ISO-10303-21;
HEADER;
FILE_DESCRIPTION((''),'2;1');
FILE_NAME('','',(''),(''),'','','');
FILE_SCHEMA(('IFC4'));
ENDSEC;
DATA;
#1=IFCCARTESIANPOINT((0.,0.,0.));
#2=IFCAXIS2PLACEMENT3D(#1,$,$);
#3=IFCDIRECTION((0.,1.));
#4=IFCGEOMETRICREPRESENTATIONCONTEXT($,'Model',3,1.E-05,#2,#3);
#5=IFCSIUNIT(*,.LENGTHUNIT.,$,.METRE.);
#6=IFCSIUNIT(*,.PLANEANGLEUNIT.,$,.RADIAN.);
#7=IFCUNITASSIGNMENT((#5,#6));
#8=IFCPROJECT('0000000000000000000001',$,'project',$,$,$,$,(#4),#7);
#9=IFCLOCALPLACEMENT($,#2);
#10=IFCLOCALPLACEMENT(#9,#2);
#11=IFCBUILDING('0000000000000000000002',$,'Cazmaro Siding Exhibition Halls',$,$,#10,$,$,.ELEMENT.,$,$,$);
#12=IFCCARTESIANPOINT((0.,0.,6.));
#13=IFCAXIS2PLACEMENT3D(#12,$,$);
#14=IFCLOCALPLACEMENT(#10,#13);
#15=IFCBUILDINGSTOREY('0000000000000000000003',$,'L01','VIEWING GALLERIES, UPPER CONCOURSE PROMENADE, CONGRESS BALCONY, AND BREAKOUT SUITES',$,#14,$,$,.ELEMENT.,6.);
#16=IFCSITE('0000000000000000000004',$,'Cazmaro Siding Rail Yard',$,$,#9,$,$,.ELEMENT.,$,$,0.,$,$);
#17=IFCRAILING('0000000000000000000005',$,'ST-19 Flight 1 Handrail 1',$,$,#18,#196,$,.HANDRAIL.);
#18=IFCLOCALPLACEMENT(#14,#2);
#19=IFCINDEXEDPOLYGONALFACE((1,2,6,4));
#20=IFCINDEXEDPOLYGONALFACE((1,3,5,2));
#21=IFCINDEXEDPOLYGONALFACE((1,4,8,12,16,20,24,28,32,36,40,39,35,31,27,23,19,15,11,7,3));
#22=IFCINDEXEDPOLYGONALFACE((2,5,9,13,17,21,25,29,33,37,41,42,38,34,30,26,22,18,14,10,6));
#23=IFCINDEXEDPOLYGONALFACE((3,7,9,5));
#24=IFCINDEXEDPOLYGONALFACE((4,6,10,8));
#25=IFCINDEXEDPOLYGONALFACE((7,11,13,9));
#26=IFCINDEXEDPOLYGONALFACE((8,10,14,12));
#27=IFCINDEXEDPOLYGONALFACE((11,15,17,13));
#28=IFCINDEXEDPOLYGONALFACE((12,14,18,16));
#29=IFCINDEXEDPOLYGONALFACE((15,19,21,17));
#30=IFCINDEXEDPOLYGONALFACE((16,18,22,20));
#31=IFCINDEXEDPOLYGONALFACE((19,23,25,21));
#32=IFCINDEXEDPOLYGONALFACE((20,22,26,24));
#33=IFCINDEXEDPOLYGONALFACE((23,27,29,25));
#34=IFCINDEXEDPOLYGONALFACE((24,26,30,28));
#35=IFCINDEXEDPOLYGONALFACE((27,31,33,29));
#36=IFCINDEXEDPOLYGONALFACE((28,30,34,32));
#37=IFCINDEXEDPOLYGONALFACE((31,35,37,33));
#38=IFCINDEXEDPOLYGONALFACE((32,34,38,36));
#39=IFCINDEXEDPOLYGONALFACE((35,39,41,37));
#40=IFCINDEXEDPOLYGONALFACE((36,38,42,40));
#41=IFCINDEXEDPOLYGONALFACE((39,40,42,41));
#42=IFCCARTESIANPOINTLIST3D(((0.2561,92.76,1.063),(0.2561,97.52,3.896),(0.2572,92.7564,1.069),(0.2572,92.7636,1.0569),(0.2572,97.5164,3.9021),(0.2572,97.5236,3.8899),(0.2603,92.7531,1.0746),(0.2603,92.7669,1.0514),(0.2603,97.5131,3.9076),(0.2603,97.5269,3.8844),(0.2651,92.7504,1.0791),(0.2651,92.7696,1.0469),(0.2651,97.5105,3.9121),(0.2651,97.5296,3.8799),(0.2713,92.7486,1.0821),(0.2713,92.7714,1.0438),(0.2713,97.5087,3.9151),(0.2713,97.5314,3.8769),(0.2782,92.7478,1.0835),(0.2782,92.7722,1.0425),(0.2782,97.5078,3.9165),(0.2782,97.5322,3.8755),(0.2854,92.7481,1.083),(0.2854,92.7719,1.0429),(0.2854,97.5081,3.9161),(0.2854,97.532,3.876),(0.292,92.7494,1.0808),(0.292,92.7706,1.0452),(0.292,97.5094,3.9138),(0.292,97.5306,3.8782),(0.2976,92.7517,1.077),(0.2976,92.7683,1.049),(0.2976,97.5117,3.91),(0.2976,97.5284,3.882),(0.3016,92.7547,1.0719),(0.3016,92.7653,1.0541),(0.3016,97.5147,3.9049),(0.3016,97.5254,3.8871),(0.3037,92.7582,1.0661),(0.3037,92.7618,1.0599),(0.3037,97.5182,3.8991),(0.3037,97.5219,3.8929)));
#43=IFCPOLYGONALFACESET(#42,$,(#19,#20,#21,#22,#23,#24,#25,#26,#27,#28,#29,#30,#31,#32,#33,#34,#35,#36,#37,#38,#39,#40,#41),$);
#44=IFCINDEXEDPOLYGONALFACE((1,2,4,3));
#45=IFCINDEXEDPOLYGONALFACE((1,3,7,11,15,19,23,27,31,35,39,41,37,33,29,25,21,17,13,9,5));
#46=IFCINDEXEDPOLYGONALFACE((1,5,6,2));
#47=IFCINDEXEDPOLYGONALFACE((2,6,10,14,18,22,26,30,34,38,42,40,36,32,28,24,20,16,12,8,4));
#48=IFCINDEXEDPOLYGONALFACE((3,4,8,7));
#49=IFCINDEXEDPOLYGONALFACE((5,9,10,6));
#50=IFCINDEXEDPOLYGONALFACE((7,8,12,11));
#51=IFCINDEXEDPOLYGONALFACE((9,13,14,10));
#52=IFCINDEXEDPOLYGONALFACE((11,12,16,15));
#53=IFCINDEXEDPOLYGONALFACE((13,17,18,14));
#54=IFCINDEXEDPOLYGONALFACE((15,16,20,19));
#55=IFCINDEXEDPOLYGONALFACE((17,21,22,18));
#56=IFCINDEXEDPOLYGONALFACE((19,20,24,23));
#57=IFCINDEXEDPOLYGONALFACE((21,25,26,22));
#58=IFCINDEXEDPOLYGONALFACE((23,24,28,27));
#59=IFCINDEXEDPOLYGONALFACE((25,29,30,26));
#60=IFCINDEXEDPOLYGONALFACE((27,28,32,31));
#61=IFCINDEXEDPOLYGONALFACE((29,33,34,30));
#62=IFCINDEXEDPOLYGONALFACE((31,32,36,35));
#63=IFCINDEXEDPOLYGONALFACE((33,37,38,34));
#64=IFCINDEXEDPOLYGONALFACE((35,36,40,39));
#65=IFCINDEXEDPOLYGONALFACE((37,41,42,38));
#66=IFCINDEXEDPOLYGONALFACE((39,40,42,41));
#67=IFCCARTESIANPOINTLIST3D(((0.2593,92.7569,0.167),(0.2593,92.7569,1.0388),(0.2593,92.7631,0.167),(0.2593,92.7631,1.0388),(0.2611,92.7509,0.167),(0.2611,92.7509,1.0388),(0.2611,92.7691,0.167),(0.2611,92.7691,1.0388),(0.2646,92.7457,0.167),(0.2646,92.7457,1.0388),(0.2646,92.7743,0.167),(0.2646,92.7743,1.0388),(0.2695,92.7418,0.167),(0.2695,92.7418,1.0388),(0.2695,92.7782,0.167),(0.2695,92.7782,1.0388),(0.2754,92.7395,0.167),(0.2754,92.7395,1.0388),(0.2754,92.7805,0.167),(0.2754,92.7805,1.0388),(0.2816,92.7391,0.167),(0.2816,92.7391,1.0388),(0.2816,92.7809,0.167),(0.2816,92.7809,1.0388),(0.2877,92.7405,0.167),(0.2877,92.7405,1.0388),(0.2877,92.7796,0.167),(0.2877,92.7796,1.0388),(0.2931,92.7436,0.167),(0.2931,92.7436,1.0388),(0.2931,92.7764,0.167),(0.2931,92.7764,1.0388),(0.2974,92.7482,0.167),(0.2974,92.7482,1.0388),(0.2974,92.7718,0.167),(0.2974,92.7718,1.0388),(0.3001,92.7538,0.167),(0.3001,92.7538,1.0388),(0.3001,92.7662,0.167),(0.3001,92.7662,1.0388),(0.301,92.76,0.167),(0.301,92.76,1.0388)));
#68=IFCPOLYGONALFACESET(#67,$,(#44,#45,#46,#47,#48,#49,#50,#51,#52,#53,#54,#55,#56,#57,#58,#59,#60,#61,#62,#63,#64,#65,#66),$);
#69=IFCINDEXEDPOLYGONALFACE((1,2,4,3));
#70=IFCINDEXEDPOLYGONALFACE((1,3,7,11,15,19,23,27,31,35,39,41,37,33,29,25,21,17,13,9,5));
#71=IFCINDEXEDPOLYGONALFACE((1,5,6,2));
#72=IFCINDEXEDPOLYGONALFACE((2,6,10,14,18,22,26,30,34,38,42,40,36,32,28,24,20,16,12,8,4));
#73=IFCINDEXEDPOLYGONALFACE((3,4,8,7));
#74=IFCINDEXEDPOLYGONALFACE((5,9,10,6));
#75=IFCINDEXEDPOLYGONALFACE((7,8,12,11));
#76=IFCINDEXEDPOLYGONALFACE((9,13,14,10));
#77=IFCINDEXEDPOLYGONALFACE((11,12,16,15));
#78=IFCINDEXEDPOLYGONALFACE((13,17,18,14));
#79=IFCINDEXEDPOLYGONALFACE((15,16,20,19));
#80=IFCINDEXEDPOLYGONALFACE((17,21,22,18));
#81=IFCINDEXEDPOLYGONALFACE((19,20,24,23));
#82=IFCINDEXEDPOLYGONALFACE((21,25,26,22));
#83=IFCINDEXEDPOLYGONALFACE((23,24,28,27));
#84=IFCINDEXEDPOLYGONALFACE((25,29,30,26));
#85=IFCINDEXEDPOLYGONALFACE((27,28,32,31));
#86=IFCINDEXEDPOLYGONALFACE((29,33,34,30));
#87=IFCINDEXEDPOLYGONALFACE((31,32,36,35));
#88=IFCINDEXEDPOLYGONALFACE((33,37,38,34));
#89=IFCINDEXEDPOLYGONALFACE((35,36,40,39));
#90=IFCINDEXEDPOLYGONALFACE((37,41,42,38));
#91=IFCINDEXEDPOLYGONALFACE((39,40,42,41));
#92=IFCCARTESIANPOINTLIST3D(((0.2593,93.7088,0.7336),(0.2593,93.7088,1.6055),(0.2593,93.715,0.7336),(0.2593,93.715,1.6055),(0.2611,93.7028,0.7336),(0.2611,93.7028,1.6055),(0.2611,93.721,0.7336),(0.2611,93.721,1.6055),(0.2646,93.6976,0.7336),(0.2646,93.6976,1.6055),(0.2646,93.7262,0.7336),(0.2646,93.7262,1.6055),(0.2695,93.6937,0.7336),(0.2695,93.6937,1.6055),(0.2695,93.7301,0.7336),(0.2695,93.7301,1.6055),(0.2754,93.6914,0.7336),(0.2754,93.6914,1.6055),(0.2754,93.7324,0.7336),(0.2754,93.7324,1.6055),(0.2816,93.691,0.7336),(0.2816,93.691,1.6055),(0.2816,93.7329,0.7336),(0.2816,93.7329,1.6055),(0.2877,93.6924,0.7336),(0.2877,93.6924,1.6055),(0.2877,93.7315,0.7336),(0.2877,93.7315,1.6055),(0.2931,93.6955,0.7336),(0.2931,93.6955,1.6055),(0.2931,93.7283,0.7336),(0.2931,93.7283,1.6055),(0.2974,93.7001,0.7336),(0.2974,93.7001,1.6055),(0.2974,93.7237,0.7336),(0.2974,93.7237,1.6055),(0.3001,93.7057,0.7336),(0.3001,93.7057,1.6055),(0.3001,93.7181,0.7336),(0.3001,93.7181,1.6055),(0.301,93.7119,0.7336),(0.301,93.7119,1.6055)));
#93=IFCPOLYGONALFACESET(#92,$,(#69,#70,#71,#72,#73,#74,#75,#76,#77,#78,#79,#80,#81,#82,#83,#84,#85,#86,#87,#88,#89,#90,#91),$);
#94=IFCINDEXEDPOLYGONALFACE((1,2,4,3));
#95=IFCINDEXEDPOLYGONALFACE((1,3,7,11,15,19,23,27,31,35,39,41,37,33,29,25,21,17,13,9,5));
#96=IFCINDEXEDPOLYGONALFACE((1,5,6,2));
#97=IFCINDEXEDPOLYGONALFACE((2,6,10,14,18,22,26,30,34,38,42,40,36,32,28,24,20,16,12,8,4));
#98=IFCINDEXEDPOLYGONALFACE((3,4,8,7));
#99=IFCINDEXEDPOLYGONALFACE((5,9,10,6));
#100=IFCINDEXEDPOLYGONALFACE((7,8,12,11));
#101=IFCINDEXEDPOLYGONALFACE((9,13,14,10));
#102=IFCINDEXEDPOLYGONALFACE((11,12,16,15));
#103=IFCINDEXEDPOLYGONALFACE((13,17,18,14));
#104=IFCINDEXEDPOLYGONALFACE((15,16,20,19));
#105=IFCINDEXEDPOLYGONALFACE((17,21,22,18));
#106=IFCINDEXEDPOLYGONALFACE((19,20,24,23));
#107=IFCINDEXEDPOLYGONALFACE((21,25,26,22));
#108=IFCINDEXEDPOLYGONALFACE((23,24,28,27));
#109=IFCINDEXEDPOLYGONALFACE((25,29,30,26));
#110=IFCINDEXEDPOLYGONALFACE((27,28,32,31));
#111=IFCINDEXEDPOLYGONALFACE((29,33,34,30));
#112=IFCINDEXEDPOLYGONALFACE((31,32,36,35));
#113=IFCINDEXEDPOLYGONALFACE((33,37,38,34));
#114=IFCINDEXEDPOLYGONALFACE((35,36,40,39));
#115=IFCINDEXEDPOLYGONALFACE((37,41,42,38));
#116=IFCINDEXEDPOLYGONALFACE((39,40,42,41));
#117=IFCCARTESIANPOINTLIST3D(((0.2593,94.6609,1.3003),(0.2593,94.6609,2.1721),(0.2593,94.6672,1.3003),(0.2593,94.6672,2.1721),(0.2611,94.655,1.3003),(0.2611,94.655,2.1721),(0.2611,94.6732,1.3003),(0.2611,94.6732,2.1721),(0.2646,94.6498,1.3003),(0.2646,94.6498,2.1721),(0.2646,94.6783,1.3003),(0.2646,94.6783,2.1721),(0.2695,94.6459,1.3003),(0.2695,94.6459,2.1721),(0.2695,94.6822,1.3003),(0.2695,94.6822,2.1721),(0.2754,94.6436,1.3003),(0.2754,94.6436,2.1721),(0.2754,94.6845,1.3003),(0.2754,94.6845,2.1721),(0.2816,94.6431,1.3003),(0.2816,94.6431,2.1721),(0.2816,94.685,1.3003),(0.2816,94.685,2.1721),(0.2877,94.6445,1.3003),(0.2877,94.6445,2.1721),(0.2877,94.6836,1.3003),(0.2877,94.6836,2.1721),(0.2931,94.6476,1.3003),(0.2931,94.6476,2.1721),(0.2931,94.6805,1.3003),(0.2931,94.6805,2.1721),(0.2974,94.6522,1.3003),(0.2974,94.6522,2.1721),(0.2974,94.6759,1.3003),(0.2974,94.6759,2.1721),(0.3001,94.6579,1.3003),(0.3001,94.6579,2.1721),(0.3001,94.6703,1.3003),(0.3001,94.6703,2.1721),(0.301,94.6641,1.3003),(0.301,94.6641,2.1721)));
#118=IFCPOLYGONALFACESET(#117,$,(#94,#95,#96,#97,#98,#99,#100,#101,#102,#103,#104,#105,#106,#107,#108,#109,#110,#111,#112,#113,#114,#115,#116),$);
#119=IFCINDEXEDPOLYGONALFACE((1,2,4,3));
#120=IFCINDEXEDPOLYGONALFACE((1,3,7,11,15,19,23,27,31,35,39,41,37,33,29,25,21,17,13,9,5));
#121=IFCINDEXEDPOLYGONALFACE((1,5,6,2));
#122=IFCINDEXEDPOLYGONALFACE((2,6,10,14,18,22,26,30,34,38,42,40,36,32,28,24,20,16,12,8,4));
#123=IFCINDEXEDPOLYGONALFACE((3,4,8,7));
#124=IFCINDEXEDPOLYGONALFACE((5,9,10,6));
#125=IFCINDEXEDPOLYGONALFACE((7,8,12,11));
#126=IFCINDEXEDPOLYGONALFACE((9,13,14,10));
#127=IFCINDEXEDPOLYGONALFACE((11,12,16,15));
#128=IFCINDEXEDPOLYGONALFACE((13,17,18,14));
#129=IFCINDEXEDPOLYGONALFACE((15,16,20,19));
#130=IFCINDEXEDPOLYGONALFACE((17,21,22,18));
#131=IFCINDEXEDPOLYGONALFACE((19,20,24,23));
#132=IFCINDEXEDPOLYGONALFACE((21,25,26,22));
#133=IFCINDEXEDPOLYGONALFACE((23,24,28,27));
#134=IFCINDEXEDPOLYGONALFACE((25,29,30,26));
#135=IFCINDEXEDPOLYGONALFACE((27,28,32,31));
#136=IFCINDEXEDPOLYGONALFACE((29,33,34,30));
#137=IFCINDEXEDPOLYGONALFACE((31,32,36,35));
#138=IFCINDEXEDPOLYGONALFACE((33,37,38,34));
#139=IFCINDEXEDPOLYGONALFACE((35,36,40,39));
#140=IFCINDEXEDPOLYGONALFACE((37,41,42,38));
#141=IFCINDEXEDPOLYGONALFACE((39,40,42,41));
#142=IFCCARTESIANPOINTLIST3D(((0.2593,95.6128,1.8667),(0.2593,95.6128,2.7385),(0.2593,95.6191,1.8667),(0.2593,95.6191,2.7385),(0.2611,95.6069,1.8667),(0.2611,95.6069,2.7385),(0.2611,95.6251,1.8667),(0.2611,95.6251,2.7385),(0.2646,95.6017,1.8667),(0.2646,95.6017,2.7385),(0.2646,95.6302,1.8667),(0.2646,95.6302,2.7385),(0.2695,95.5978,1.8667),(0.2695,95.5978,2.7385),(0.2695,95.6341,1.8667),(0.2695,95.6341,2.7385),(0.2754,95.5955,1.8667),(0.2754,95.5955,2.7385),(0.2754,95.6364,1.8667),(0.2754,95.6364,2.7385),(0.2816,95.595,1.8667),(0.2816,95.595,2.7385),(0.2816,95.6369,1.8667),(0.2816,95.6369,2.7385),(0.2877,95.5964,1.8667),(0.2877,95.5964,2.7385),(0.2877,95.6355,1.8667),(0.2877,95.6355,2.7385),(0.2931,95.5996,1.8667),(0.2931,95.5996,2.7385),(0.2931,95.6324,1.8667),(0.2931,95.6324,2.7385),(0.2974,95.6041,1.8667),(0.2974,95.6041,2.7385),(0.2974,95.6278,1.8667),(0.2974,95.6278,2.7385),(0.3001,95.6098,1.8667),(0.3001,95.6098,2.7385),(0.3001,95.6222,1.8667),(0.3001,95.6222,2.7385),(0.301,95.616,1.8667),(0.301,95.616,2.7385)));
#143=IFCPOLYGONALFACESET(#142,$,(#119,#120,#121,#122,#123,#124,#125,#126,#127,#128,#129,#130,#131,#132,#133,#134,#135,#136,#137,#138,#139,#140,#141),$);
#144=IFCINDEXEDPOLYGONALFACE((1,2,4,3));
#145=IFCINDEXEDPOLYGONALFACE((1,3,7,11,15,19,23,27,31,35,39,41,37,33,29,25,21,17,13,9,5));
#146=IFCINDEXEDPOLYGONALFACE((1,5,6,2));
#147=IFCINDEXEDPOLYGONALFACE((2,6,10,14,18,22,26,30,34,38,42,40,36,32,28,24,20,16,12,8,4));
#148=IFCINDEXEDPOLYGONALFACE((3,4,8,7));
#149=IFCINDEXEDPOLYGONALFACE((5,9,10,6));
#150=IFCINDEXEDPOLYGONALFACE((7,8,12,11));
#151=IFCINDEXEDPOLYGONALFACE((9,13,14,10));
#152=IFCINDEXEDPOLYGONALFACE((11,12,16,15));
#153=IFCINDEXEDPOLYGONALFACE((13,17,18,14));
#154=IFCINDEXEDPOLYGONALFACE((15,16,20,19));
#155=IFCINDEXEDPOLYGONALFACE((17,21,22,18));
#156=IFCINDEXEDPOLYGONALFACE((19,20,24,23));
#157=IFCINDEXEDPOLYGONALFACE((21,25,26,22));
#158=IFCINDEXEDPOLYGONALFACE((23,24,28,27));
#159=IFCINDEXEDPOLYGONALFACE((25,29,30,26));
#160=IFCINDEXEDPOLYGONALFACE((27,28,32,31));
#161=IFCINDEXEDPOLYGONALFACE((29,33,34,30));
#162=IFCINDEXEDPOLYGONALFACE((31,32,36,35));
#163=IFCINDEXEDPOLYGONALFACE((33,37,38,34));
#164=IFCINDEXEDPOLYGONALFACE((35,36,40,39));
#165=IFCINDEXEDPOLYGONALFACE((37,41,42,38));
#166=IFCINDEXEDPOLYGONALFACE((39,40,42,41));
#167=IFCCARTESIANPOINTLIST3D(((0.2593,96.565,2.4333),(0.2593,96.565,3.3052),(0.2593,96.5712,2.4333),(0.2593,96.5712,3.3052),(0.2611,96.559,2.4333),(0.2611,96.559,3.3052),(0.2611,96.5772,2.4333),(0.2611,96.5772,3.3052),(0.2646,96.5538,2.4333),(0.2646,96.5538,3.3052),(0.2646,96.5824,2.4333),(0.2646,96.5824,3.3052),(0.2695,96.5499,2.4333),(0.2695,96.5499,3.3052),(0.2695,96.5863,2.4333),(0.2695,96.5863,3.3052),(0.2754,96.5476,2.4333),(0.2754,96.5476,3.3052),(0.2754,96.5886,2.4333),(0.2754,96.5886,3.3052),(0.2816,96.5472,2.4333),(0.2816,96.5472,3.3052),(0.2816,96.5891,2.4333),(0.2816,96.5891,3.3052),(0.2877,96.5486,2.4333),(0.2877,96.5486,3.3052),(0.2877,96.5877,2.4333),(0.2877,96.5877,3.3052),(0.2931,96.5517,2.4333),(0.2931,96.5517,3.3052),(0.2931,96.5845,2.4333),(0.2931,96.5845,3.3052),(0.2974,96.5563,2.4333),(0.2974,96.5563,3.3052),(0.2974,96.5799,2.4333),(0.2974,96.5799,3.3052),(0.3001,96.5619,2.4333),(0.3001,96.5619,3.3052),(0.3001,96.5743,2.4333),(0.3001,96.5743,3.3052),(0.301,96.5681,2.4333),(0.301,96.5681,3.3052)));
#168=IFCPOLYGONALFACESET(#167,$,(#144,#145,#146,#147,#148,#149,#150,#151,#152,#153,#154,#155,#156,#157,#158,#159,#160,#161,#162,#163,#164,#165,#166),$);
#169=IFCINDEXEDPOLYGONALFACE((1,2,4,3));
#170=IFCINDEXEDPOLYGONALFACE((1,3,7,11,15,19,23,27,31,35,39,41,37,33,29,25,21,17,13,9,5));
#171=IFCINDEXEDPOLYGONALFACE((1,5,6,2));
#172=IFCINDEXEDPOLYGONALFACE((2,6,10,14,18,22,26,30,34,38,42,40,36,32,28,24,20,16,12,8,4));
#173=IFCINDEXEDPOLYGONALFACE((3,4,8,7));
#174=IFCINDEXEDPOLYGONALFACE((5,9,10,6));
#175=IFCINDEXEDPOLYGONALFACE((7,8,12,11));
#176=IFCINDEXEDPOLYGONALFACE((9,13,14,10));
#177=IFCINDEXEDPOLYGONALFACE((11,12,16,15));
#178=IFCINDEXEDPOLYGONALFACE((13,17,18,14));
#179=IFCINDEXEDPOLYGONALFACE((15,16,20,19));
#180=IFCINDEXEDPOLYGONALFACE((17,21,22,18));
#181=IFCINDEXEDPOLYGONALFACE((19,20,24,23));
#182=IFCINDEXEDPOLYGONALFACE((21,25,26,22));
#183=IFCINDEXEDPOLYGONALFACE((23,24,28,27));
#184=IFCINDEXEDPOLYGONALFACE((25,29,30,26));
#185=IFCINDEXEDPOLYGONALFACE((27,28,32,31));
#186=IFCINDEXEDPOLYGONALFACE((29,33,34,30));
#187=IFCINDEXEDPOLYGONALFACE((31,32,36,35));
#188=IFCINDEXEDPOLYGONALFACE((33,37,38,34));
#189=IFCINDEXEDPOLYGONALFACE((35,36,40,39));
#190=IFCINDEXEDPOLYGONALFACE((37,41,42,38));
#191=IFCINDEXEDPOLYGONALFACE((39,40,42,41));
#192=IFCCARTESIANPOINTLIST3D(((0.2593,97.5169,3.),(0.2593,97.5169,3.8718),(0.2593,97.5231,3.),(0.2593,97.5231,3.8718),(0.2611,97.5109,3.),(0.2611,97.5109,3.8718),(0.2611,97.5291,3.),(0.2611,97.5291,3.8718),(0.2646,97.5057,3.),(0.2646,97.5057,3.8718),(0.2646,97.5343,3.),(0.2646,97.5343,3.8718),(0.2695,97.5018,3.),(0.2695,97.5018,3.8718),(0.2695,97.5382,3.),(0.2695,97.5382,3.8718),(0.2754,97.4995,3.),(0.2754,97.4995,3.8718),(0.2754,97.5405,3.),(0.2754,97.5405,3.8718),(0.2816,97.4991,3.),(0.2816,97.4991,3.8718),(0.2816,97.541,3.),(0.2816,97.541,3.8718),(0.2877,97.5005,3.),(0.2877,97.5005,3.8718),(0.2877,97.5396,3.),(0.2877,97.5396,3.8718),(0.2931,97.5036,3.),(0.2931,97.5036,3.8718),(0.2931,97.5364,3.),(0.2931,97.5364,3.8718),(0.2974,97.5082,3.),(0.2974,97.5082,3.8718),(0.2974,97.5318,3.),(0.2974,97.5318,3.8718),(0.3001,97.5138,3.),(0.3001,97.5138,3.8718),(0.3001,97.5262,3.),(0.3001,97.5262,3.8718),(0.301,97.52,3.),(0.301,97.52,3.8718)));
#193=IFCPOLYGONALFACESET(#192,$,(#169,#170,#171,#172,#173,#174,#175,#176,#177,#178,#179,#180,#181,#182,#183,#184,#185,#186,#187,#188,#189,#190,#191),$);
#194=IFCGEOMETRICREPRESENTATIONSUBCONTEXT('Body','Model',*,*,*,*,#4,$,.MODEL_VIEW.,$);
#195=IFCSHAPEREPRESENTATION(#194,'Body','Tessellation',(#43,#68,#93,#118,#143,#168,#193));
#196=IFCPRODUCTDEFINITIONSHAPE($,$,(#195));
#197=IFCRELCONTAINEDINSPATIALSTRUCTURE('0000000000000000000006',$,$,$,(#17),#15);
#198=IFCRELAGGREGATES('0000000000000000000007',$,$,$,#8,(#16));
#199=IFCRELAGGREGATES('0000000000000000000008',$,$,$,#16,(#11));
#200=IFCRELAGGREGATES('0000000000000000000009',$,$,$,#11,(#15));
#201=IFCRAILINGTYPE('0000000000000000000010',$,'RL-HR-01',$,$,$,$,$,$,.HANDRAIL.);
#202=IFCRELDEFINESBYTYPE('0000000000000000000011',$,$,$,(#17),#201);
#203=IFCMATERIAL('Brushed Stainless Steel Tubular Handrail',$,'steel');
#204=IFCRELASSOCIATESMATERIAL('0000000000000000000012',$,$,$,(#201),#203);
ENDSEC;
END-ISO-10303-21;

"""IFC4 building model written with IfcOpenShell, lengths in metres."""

from ifc_helpers import new_model, si_unit, direction, frame, origin, origin_2d, place, context, subcontext, project, spatial, circle, extrude, material, type_object, element, save


model = new_model("IFC4")

# Units and contexts
model_context = context("Model", 3, precision=1e-05, world=origin(), true_north=direction((0.0, 1.0)))
body_context = subcontext(model_context, "Body", "Model", "MODEL_VIEW")
ifc_project = project(units=[si_unit("LENGTHUNIT", "METRE"), si_unit("PLANEANGLEUNIT", "RADIAN")], contexts=[model_context])

# Site, building, storey
site_placement = place(None, origin())
site = spatial("IfcSite", under=ifc_project, at=site_placement, Name="Cazmaro Siding Rail Yard", CompositionType="ELEMENT", RefElevation=0.0)
building_placement = place(site_placement, origin())
building = spatial("IfcBuilding", under=site, at=building_placement, Name="Cazmaro Siding Exhibition Halls", CompositionType="ELEMENT")
storey_placement = place(building_placement, frame((0.0, 0.0, 6.0)))
storey = spatial("IfcBuildingStorey", under=building, at=storey_placement, Name="L01", Description="VIEWING GALLERIES, UPPER CONCOURSE PROMENADE, CONGRESS BALCONY, AND BREAKOUT SUITES", CompositionType="ELEMENT", Elevation=6.0)

# Railing
ifc_material_1 = material(Name="Brushed Stainless Steel Tubular Handrail", Category="steel")
railing_type_1 = type_object("IfcRailingType", Name="RL-HR-01", PredefinedType="HANDRAIL", material=ifc_material_1)
railing_1_placement = place(storey_placement, frame((0.28, 92.76, 0.167)))
element("IfcRailing", 1, at=railing_1_placement, inside=storey, type_object=railing_type_1, Name="ST-19 Flight 1 Handrail 1", PredefinedType="HANDRAIL", context=body_context, shape_type="SweptSolid", body=[
    extrude(circle(Radius=0.0239, at=origin_2d()), frame((0.0, 0.0, 0.896), z_axis=(0.0, 0.859319, 0.51144), x_axis=(-1.0, 0.0, 0.0)), (0.0, 0.0, 1.0), 5.5393),
    extrude(circle(Radius=0.021, at=origin_2d()), origin(), (0.0, 0.0, 1.0), 0.8718),
    extrude(circle(Radius=0.021, at=origin_2d()), frame((0.0, 0.9519, 0.5667)), (0.0, 0.0, 1.0), 0.8718),
    extrude(circle(Radius=0.021, at=origin_2d()), frame((0.0, 1.9041, 1.1333)), (0.0, 0.0, 1.0), 0.8718),
    extrude(circle(Radius=0.021, at=origin_2d()), frame((0.0, 2.856, 1.6997)), (0.0, 0.0, 1.0), 0.8718),
    extrude(circle(Radius=0.021, at=origin_2d()), frame((0.0, 3.8081, 2.2664)), (0.0, 0.0, 1.0), 0.8718),
    extrude(circle(Radius=0.021, at=origin_2d()), frame((0.0, 4.76, 2.833)), (0.0, 0.0, 1.0), 0.8718),
])

save(model, "model.ifc")
